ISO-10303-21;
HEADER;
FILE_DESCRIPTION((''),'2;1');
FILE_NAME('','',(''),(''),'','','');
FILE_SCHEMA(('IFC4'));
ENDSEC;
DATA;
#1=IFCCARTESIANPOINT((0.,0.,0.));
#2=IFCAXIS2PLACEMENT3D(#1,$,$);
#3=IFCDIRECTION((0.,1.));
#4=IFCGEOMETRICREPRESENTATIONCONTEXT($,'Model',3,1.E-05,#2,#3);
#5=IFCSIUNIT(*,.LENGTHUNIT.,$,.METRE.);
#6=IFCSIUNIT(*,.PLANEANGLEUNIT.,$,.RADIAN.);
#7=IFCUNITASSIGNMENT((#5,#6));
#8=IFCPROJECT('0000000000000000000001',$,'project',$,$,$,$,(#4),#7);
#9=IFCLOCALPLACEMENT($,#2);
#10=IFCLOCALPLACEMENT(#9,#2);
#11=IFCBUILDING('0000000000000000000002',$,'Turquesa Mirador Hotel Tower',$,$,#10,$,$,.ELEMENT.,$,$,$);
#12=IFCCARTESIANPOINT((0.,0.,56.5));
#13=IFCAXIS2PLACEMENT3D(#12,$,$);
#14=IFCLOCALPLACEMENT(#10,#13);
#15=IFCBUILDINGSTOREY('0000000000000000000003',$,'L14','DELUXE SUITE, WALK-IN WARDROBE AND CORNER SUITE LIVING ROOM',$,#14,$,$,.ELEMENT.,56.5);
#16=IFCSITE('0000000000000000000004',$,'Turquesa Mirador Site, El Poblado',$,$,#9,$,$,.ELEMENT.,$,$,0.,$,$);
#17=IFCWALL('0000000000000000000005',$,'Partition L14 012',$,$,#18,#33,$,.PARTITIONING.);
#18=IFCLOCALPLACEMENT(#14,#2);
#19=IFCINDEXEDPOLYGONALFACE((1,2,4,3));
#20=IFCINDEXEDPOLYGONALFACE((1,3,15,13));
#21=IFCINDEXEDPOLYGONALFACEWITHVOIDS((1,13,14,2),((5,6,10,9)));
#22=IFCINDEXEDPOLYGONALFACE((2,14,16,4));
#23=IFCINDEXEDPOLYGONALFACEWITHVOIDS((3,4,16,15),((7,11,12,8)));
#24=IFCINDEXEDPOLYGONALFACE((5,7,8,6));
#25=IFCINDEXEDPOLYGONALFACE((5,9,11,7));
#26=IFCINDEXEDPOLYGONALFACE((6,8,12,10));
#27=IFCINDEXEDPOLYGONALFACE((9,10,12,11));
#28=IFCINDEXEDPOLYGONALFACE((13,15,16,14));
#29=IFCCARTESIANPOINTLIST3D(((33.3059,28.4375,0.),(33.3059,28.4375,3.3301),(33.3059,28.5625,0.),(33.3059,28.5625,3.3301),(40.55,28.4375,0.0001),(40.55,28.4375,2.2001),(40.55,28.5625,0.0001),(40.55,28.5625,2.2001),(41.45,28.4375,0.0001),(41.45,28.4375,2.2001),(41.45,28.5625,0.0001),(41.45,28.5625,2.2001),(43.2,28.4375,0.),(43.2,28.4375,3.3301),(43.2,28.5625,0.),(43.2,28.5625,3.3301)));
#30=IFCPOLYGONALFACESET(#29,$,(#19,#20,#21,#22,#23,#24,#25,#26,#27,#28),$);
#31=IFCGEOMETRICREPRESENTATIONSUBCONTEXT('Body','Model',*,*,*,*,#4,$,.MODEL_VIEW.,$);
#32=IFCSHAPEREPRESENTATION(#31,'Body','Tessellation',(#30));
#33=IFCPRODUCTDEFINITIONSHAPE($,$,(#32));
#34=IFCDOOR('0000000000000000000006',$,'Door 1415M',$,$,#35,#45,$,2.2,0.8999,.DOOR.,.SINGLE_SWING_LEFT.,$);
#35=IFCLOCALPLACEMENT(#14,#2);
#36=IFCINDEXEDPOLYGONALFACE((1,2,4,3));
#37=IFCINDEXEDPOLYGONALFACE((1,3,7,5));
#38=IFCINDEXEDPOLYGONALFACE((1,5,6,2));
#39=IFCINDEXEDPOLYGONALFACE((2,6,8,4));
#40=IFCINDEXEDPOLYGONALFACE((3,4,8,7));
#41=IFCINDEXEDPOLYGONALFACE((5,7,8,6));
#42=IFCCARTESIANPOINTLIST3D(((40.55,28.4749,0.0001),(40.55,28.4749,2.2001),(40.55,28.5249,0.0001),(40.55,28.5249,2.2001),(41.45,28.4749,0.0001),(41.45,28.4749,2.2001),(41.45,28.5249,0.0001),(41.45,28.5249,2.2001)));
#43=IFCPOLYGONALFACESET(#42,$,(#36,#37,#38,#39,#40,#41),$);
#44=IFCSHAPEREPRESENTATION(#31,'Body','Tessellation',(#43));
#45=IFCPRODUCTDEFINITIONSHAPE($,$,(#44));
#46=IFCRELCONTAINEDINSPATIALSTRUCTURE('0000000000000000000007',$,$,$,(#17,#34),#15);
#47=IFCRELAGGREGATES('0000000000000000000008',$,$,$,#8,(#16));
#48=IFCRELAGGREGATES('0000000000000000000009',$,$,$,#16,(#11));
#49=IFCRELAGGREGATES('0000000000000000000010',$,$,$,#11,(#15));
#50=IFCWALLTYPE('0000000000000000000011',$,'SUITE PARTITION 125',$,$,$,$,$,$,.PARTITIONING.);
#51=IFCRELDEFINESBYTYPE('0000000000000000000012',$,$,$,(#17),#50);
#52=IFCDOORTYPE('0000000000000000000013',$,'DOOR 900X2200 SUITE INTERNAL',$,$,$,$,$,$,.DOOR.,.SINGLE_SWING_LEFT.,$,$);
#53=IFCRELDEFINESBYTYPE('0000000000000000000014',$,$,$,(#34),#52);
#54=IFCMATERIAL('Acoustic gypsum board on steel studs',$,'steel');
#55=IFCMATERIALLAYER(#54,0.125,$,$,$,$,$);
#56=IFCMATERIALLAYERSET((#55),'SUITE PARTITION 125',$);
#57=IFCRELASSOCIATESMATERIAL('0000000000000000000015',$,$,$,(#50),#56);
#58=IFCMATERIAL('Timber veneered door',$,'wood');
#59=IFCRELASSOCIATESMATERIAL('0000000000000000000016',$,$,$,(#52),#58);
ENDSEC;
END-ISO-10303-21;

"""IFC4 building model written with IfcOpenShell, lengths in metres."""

from ifc_helpers import new_model, si_unit, direction, frame, frame_2d, origin, place, context, subcontext, project, spatial, rectangle, extrude, material, layer, layer_set, type_object, element, fill, save


model = new_model("IFC4")

# Units and contexts
model_context = context("Model", 3, precision=1e-05, world=origin(), true_north=direction((0.0, 1.0)))
body_context = subcontext(model_context, "Body", "Model", "MODEL_VIEW")
ifc_project = project(units=[si_unit("LENGTHUNIT", "METRE"), si_unit("PLANEANGLEUNIT", "RADIAN")], contexts=[model_context])

# Site, building, storey
site_placement = place(None, origin())
site = spatial("IfcSite", under=ifc_project, at=site_placement, Name="Turquesa Mirador Site, El Poblado", CompositionType="ELEMENT", RefElevation=0.0)
building_placement = place(site_placement, origin())
building = spatial("IfcBuilding", under=site, at=building_placement, Name="Turquesa Mirador Hotel Tower", CompositionType="ELEMENT")
storey_placement = place(building_placement, frame((0.0, 0.0, 56.5)))
storey = spatial("IfcBuildingStorey", under=building, at=storey_placement, Name="L14", Description="DELUXE SUITE, WALK-IN WARDROBE AND CORNER SUITE LIVING ROOM", CompositionType="ELEMENT", Elevation=56.5)

# Wall, opening, door
ifc_material_1 = material(Name="Acoustic gypsum board on steel studs", Category="steel")
ifc_layer_1 = layer(ifc_material_1, 0.125)
ifc_layer_set_1 = layer_set([ifc_layer_1], Name="SUITE PARTITION 125")
wall_type_1 = type_object("IfcWallType", Name="SUITE PARTITION 125", PredefinedType="PARTITIONING", material=ifc_layer_set_1)
ifc_material_2 = material(Name="Timber veneered door", Category="wood")
door_type = type_object("IfcDoorType", Name="DOOR 900X2200 SUITE INTERNAL", OperationType="SINGLE_SWING_LEFT", PredefinedType="DOOR", material=ifc_material_2)
wall_1_placement = place(storey_placement, frame((33.3059, 28.5, 0.0), z_axis=(0.0, 0.0, 1.0), x_axis=(1.0, 0.0, 0.0)))
wall_1 = element("IfcWall", 1, at=wall_1_placement, inside=storey, type_object=wall_type_1, Name="Partition L14 012", PredefinedType="PARTITIONING", context=body_context, shape_type="SweptSolid", body=[
    extrude(rectangle(XDim=9.894, YDim=0.125, at=frame_2d((4.947, 0.0))), origin(), (0.0, 0.0, 1.0), 3.3301),
])
opening_1_placement = place(wall_1_placement, frame((7.2441, 0.0, 0.0)))
opening_1 = element("IfcOpeningElement", 2, at=opening_1_placement, cuts=wall_1, PredefinedType="OPENING", context=body_context, shape_type="SweptSolid", body=[
    extrude(rectangle(XDim=0.8999, YDim=2.2, at=frame_2d((0.45, 1.1001))), frame((0.0, 0.0725, 0.0), z_axis=(0.0, -1.0, 0.0), x_axis=(1.0, 0.0, 0.0)), (0.0, 0.0, 1.0), 0.145),
])
door_1_placement = place(opening_1_placement, origin())
door_1 = element("IfcDoor", 3, at=door_1_placement, inside=storey, type_object=door_type, Name="Door 1415M", OperationType="SINGLE_SWING_LEFT", OverallHeight=2.2, OverallWidth=0.8999, PredefinedType="DOOR", context=body_context, shape_type="SweptSolid", body=[
    extrude(rectangle(XDim=0.8999, YDim=2.2, at=frame_2d((0.45, 1.1001))), frame((0.0, 0.0249, 0.0), z_axis=(0.0, -1.0, 0.0), x_axis=(1.0, 0.0, 0.0)), (0.0, 0.0, 1.0), 0.05),
])
fill(opening_1, door_1)

save(model, "model.ifc")
